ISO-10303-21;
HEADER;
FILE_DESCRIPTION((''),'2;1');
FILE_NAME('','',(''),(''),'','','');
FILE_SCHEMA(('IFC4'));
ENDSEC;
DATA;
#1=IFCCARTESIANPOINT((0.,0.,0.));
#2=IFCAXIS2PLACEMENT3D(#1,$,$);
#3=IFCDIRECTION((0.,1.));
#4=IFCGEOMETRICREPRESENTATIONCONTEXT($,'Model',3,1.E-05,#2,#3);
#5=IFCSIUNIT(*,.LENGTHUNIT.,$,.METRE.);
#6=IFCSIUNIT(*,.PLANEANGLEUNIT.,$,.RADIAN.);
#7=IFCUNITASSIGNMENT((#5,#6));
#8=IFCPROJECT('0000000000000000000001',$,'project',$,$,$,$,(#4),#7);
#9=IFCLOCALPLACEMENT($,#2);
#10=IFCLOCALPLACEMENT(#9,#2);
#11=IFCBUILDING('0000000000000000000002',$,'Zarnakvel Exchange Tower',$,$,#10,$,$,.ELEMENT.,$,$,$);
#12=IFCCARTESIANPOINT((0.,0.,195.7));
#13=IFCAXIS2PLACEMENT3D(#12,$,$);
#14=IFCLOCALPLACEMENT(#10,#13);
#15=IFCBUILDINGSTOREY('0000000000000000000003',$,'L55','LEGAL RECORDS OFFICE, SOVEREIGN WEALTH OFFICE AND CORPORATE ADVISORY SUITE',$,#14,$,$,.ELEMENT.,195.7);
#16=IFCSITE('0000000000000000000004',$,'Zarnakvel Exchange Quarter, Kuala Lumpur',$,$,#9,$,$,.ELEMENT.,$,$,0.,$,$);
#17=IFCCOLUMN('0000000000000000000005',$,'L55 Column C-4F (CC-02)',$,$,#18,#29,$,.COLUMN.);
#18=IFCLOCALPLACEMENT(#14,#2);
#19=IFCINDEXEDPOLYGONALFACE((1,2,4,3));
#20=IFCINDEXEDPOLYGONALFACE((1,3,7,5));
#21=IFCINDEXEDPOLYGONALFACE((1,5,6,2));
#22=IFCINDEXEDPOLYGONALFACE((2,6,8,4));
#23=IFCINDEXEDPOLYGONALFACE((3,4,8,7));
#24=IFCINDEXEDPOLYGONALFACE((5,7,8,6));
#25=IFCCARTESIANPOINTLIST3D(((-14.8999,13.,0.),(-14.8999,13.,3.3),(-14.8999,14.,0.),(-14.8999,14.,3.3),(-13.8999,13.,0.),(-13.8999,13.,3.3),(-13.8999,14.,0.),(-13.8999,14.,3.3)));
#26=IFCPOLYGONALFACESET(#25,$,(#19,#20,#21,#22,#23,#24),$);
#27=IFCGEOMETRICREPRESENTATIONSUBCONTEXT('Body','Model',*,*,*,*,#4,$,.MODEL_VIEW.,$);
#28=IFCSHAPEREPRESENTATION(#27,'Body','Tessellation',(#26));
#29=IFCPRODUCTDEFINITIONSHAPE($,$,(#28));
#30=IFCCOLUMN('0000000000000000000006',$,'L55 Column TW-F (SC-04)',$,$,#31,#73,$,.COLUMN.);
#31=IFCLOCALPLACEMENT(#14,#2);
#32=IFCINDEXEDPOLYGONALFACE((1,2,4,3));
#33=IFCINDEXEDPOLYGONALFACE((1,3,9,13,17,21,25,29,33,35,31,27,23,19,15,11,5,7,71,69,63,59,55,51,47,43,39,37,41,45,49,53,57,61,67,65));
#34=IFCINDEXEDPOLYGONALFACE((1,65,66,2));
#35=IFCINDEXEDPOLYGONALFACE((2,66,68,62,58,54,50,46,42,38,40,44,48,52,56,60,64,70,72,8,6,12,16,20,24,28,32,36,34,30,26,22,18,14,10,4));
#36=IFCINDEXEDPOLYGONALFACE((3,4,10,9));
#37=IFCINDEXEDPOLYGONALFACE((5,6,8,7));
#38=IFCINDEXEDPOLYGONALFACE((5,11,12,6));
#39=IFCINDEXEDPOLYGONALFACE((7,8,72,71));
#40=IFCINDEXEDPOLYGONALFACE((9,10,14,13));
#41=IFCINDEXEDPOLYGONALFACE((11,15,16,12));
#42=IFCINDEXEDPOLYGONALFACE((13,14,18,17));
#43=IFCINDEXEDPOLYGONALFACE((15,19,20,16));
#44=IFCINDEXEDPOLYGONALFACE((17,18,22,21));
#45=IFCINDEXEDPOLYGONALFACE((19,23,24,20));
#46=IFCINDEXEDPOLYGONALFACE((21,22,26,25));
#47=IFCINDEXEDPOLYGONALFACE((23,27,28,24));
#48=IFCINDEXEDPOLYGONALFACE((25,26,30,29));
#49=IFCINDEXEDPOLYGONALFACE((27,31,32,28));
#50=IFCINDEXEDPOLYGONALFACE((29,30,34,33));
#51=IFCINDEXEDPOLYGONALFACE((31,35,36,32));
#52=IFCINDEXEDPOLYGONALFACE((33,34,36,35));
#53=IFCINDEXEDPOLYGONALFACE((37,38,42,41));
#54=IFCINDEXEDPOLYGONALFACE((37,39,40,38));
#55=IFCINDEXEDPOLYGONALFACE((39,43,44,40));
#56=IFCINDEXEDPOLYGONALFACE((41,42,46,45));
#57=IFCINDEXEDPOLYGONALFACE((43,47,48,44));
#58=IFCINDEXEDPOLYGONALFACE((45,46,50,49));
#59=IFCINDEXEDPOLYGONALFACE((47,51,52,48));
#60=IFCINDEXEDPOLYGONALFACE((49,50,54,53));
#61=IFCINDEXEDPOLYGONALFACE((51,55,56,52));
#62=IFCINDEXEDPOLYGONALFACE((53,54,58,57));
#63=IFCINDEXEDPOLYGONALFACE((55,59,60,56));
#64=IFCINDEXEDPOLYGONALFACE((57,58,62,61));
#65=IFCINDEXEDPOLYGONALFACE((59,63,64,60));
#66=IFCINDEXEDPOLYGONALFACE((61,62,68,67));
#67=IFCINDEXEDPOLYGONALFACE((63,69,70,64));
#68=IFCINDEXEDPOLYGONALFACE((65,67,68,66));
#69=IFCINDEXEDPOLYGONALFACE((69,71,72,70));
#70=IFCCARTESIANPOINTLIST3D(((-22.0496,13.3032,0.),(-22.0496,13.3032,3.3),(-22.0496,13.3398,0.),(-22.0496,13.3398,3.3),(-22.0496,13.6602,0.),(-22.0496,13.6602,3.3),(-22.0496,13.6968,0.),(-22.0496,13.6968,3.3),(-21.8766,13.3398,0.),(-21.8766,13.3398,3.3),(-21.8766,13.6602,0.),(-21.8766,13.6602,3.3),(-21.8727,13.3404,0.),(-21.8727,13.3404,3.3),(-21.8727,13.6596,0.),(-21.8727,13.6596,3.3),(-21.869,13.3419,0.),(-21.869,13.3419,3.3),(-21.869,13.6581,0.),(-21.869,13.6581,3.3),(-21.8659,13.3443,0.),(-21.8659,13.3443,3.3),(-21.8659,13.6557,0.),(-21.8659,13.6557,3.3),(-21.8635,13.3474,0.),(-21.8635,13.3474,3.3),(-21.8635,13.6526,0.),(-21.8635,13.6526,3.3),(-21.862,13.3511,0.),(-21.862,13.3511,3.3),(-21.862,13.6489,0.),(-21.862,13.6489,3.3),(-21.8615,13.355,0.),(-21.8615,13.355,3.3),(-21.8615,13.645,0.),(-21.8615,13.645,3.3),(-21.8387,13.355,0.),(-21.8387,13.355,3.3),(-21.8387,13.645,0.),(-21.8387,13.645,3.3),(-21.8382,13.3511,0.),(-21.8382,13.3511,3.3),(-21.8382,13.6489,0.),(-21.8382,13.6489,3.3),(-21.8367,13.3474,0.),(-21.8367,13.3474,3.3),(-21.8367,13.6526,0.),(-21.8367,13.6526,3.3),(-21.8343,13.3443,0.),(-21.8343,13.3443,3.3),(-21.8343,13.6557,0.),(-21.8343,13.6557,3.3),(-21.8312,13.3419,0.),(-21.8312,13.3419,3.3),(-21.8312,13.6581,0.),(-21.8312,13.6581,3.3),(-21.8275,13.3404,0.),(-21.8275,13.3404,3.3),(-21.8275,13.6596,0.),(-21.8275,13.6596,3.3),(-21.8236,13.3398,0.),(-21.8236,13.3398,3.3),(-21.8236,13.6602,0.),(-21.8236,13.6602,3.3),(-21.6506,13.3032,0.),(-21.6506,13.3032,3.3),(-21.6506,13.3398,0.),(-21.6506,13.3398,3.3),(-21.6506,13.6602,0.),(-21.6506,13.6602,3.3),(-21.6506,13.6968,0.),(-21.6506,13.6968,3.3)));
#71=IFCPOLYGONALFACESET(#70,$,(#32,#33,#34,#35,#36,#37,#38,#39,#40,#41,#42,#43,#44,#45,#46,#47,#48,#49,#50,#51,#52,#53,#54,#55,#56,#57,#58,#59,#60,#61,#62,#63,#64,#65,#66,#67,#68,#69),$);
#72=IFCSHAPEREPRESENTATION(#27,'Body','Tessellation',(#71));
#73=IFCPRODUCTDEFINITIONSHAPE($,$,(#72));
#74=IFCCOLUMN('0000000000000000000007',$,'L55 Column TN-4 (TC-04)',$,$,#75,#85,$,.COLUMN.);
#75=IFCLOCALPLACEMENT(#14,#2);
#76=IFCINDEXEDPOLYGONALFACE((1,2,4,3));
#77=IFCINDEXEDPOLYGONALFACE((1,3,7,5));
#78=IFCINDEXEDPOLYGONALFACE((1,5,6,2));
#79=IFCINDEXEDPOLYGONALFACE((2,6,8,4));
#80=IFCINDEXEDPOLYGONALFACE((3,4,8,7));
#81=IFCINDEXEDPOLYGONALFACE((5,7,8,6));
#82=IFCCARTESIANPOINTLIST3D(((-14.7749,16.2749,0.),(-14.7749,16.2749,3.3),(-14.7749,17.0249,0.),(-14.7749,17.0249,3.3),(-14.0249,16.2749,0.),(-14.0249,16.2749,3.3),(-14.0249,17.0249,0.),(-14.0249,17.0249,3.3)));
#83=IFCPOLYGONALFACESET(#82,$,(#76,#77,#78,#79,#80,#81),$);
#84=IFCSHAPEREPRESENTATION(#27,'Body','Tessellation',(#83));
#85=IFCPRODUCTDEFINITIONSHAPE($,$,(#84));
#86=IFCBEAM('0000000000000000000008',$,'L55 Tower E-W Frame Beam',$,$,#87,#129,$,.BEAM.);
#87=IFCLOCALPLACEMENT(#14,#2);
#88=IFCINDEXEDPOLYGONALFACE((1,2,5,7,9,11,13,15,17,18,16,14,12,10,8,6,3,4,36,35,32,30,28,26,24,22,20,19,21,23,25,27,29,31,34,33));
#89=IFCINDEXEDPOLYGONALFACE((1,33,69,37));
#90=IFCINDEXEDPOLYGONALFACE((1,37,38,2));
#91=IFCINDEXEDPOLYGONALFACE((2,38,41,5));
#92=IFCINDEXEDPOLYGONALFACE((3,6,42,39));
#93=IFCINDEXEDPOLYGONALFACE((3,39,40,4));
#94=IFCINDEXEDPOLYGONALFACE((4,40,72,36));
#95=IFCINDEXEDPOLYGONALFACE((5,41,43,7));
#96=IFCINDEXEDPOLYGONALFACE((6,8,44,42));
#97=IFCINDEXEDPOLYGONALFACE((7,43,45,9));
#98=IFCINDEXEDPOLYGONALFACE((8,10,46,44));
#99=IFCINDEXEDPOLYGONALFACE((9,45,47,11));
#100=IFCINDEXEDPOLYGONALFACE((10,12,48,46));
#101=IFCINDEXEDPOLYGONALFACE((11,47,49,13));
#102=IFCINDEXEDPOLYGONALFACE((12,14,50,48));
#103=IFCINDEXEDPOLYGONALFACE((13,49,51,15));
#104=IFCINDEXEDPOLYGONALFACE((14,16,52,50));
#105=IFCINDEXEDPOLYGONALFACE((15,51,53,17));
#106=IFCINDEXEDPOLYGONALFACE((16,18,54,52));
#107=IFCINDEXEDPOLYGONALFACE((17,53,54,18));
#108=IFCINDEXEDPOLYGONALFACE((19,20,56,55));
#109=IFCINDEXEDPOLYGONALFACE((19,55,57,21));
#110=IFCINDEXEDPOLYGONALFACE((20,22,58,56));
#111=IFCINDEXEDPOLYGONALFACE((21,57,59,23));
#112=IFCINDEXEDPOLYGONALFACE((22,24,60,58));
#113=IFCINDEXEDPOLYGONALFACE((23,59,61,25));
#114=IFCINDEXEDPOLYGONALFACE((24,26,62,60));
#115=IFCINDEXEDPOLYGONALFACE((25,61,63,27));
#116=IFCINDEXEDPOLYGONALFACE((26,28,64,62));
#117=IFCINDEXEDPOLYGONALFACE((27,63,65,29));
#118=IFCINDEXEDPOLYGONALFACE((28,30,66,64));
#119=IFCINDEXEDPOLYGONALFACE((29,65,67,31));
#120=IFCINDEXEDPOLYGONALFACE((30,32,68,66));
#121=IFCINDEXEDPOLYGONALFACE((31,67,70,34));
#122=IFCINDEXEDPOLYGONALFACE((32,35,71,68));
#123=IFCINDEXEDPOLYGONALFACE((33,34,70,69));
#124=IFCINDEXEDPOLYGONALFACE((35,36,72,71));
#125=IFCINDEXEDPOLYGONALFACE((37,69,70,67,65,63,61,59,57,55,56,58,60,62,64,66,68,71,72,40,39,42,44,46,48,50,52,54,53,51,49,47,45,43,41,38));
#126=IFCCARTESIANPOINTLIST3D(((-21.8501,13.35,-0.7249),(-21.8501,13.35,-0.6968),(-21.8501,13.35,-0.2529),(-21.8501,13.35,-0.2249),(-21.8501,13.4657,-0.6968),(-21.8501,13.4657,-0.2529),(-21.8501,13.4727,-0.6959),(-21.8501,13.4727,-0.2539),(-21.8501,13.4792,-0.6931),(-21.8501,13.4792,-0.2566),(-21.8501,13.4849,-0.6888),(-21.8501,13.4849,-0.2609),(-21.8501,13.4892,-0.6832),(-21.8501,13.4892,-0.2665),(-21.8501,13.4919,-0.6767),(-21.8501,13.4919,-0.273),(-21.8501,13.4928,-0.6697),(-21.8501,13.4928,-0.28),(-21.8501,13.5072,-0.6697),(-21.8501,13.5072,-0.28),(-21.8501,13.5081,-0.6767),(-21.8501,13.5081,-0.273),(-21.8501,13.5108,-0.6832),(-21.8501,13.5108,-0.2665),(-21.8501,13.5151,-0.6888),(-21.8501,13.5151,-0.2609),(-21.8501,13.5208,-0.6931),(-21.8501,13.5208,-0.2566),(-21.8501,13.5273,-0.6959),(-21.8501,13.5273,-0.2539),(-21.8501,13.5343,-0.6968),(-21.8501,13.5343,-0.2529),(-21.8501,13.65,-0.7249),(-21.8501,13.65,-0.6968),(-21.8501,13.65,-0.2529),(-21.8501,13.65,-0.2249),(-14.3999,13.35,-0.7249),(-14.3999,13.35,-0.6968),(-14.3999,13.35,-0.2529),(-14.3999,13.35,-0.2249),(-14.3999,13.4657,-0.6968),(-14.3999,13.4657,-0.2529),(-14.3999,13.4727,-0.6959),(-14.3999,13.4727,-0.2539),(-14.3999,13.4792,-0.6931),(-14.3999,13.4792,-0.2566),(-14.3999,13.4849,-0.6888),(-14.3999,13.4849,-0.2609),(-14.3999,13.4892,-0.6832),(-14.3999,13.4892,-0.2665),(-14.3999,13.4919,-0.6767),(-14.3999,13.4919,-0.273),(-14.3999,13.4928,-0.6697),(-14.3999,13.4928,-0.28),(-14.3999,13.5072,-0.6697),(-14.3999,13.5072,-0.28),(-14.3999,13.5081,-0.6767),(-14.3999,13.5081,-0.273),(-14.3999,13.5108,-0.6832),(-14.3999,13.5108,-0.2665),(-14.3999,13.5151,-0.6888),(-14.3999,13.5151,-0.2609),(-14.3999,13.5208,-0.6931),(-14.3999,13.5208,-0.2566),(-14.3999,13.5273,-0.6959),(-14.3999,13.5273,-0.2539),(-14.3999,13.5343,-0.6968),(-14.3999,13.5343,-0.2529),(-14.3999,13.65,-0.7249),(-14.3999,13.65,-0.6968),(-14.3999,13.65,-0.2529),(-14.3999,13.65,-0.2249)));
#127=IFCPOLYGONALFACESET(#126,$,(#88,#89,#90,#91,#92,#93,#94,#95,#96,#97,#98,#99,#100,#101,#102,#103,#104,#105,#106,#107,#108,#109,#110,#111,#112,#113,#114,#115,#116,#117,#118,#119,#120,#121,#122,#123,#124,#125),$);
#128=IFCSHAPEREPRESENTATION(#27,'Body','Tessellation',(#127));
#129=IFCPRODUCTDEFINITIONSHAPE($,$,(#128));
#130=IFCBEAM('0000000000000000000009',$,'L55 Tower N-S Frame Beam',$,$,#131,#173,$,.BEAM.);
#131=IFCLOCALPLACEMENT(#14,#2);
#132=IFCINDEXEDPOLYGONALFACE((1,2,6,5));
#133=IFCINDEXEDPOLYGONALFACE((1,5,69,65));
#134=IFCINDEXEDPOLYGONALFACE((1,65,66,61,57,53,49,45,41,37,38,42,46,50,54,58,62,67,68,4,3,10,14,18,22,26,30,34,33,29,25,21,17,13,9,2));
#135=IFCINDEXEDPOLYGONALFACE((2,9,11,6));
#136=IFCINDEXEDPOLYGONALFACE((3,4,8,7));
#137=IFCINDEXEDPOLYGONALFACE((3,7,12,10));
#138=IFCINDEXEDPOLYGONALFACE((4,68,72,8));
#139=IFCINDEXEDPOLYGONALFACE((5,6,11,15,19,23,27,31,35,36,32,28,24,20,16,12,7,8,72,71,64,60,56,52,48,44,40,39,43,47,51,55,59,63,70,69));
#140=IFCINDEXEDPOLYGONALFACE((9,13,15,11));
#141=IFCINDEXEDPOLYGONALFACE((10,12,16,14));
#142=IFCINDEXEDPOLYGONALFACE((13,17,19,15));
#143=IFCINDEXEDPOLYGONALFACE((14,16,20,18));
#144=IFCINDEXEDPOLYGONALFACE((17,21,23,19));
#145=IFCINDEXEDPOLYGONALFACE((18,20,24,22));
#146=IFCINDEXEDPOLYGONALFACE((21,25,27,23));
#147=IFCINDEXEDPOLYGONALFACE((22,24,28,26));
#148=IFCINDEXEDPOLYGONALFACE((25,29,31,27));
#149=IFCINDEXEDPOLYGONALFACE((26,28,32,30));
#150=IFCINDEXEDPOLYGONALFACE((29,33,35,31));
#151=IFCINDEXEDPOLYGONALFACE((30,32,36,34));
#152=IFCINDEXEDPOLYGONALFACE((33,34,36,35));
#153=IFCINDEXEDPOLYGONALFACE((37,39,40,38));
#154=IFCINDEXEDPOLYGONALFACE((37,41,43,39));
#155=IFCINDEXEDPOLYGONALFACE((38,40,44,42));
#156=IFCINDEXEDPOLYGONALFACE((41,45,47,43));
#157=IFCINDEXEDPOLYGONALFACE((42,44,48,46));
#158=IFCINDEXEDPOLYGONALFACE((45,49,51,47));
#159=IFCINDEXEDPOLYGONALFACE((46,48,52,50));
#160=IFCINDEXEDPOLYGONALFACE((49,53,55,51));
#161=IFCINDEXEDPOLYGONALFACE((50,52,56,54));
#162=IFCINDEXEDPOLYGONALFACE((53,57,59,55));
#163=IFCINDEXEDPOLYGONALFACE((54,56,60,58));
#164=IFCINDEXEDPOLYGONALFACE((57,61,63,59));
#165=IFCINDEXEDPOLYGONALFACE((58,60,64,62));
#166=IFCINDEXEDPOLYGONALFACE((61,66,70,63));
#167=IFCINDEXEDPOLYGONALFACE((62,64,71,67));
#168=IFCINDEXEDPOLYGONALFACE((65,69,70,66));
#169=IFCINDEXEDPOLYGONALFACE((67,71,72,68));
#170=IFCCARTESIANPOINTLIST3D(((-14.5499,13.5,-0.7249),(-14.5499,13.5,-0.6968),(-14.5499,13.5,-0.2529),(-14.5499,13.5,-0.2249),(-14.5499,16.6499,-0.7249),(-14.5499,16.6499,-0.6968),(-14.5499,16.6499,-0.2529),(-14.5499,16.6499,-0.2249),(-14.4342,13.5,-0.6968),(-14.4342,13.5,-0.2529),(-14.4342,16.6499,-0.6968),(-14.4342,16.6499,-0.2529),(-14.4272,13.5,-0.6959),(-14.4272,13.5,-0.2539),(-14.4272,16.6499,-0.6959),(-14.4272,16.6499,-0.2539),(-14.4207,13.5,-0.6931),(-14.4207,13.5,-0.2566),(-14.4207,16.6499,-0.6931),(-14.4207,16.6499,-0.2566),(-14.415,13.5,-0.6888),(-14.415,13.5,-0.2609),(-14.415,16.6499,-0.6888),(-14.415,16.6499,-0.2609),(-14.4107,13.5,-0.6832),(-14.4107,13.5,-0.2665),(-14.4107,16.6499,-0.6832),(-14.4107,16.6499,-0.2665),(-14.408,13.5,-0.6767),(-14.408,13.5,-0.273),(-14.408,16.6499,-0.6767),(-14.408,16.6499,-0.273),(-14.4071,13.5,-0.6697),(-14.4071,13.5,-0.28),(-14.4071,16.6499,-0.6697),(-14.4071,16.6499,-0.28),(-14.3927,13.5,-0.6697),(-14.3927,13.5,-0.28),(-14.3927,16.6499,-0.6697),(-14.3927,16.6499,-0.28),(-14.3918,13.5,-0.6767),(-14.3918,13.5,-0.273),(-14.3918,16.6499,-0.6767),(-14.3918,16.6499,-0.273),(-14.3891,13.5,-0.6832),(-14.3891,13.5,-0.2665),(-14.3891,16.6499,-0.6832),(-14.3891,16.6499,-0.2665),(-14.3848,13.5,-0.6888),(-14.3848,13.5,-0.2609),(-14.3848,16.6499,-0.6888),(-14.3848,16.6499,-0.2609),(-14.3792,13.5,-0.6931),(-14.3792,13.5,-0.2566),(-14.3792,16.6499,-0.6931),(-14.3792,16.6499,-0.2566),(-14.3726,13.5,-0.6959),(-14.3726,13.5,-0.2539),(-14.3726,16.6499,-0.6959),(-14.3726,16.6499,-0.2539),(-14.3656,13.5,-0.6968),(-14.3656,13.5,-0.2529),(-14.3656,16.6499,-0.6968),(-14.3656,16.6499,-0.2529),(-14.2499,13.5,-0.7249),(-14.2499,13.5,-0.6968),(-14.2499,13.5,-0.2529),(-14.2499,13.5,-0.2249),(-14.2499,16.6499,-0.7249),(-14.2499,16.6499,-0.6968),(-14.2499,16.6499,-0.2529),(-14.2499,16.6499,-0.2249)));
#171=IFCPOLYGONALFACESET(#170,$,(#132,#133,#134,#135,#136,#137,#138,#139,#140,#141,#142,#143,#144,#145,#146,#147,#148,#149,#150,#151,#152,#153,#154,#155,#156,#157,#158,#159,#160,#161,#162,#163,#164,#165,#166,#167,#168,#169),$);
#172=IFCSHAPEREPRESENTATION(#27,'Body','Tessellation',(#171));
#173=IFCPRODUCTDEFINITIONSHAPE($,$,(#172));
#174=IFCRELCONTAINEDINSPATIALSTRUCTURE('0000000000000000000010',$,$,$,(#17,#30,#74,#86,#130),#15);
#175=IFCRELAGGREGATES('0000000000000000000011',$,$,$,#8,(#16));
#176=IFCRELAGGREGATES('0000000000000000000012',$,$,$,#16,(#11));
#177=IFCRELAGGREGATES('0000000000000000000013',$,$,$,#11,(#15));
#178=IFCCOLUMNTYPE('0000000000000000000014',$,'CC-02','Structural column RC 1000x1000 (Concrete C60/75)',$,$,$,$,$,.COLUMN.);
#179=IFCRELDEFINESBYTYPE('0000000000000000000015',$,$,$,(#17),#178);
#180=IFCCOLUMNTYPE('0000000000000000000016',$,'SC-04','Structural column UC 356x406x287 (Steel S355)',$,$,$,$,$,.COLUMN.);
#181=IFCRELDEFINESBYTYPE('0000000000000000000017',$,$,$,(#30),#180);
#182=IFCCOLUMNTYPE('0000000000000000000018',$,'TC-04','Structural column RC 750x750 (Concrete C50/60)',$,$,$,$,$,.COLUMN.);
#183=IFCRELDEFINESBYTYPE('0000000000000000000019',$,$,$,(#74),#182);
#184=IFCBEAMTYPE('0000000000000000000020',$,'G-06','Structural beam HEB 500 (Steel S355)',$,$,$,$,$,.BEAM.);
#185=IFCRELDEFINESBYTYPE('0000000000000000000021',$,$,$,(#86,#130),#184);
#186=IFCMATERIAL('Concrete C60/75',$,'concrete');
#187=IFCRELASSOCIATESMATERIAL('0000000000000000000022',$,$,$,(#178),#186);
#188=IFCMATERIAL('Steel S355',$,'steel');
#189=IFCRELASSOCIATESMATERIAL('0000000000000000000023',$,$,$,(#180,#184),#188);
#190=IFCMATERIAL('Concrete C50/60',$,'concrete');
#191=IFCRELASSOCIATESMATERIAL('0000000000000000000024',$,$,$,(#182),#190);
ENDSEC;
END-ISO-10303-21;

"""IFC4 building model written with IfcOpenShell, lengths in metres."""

from ifc_helpers import new_model, si_unit, direction, frame, origin, origin_2d, place, context, subcontext, project, spatial, rectangle, i_section, extrude, material, material_profile, profile_set, type_object, element, save


model = new_model("IFC4")

# Units and contexts
model_context = context("Model", 3, precision=1e-05, world=origin(), true_north=direction((0.0, 1.0)))
body_context = subcontext(model_context, "Body", "Model", "MODEL_VIEW")
ifc_project = project(units=[si_unit("LENGTHUNIT", "METRE"), si_unit("PLANEANGLEUNIT", "RADIAN")], contexts=[model_context])

# Site, building, storey
site_placement = place(None, origin())
site = spatial("IfcSite", under=ifc_project, at=site_placement, Name="Zarnakvel Exchange Quarter, Kuala Lumpur", CompositionType="ELEMENT", RefElevation=0.0)
building_placement = place(site_placement, origin())
building = spatial("IfcBuilding", under=site, at=building_placement, Name="Zarnakvel Exchange Tower", CompositionType="ELEMENT")
storey_placement = place(building_placement, frame((0.0, 0.0, 195.7)))
storey = spatial("IfcBuildingStorey", under=building, at=storey_placement, Name="L55", Description="LEGAL RECORDS OFFICE, SOVEREIGN WEALTH OFFICE AND CORPORATE ADVISORY SUITE", CompositionType="ELEMENT", Elevation=195.7)

# Columns
ifc_material_1 = material(Name="Concrete C60/75", Category="concrete")
ifc_material_profile_1 = material_profile(ifc_material_1, rectangle(XDim=1.0, YDim=1.0, at=origin_2d()))
ifc_profile_set_1 = profile_set([ifc_material_profile_1], Name="Concrete C60/75")
column_type_1 = type_object("IfcColumnType", Name="CC-02", Description="Structural column RC 1000x1000 (Concrete C60/75)", PredefinedType="COLUMN", material=ifc_profile_set_1)
column_1_placement = place(storey_placement, frame((-14.3999, 13.5, 0.0), z_axis=(0.0, 0.0, 1.0), x_axis=(1.0, 0.0, 0.0)))
element("IfcColumn", 1, at=column_1_placement, inside=storey, type_object=column_type_1, Name="L55 Column C-4F (CC-02)", PredefinedType="COLUMN", context=body_context, shape_type="SweptSolid", body=[
    extrude(rectangle(XDim=1.0, YDim=1.0, at=origin_2d()), origin(), (0.0, 0.0, 1.0), 3.3),
])
ifc_material_2 = material(Name="Steel S355", Category="steel")
ifc_material_profile_2 = material_profile(ifc_material_2, i_section(OverallWidth=0.3989, OverallDepth=0.3936, WebThickness=0.0227, FlangeThickness=0.0366, FilletRadius=0.0151, at=origin_2d()))
ifc_profile_set_2 = profile_set([ifc_material_profile_2], Name="Steel S355")
column_type_2 = type_object("IfcColumnType", Name="SC-04", Description="Structural column UC 356x406x287 (Steel S355)", PredefinedType="COLUMN", material=ifc_profile_set_2)
column_2_placement = place(storey_placement, frame((-21.8501, 13.5, 0.0), z_axis=(0.0, 0.0, 1.0), x_axis=(1.0, 0.0, 0.0)))
element("IfcColumn", 2, at=column_2_placement, inside=storey, type_object=column_type_2, Name="L55 Column TW-F (SC-04)", PredefinedType="COLUMN", context=body_context, shape_type="SweptSolid", body=[
    extrude(i_section(OverallWidth=0.3989, OverallDepth=0.3936, WebThickness=0.0227, FlangeThickness=0.0366, FilletRadius=0.0151, at=origin_2d()), origin(), (0.0, 0.0, 1.0), 3.3),
])
ifc_material_3 = material(Name="Concrete C50/60", Category="concrete")
ifc_material_profile_3 = material_profile(ifc_material_3, rectangle(XDim=0.75, YDim=0.75, at=origin_2d()))
ifc_profile_set_3 = profile_set([ifc_material_profile_3], Name="Concrete C50/60")
column_type_3 = type_object("IfcColumnType", Name="TC-04", Description="Structural column RC 750x750 (Concrete C50/60)", PredefinedType="COLUMN", material=ifc_profile_set_3)
column_3_placement = place(storey_placement, frame((-14.3999, 16.6499, 0.0), z_axis=(0.0, 0.0, 1.0), x_axis=(1.0, 0.0, 0.0)))
element("IfcColumn", 3, at=column_3_placement, inside=storey, type_object=column_type_3, Name="L55 Column TN-4 (TC-04)", PredefinedType="COLUMN", context=body_context, shape_type="SweptSolid", body=[
    extrude(rectangle(XDim=0.75, YDim=0.75, at=origin_2d()), origin(), (0.0, 0.0, 1.0), 3.3),
])

# Beams
ifc_material_profile_4 = material_profile(ifc_material_2, i_section(OverallWidth=0.3, OverallDepth=0.5, WebThickness=0.0144, FlangeThickness=0.0281, FilletRadius=0.0271, at=origin_2d()))
ifc_profile_set_4 = profile_set([ifc_material_profile_4], Name="Steel S355")
beam_type_1 = type_object("IfcBeamType", Name="G-06", Description="Structural beam HEB 500 (Steel S355)", PredefinedType="BEAM", material=ifc_profile_set_4)
beam_1_placement = place(storey_placement, frame((-21.8501, 13.5, -0.4749), z_axis=(1.0, 0.0, 0.0), x_axis=(0.0, 1.0, 0.0)))
element("IfcBeam", 4, at=beam_1_placement, inside=storey, type_object=beam_type_1, Name="L55 Tower E-W Frame Beam", PredefinedType="BEAM", context=body_context, shape_type="SweptSolid", body=[
    extrude(i_section(OverallWidth=0.3, OverallDepth=0.5, WebThickness=0.0144, FlangeThickness=0.0281, FilletRadius=0.0271, at=origin_2d()), origin(), (0.0, 0.0, 1.0), 7.4502),
])
beam_2_placement = place(storey_placement, frame((-14.3999, 13.5, -0.4749), z_axis=(0.0, 1.0, 0.0), x_axis=(-1.0, 0.0, 0.0)))
element("IfcBeam", 5, at=beam_2_placement, inside=storey, type_object=beam_type_1, Name="L55 Tower N-S Frame Beam", PredefinedType="BEAM", context=body_context, shape_type="SweptSolid", body=[
    extrude(i_section(OverallWidth=0.3, OverallDepth=0.5, WebThickness=0.0144, FlangeThickness=0.0281, FilletRadius=0.0271, at=origin_2d()), origin(), (0.0, 0.0, 1.0), 3.1499),
])

save(model, "model.ifc")
